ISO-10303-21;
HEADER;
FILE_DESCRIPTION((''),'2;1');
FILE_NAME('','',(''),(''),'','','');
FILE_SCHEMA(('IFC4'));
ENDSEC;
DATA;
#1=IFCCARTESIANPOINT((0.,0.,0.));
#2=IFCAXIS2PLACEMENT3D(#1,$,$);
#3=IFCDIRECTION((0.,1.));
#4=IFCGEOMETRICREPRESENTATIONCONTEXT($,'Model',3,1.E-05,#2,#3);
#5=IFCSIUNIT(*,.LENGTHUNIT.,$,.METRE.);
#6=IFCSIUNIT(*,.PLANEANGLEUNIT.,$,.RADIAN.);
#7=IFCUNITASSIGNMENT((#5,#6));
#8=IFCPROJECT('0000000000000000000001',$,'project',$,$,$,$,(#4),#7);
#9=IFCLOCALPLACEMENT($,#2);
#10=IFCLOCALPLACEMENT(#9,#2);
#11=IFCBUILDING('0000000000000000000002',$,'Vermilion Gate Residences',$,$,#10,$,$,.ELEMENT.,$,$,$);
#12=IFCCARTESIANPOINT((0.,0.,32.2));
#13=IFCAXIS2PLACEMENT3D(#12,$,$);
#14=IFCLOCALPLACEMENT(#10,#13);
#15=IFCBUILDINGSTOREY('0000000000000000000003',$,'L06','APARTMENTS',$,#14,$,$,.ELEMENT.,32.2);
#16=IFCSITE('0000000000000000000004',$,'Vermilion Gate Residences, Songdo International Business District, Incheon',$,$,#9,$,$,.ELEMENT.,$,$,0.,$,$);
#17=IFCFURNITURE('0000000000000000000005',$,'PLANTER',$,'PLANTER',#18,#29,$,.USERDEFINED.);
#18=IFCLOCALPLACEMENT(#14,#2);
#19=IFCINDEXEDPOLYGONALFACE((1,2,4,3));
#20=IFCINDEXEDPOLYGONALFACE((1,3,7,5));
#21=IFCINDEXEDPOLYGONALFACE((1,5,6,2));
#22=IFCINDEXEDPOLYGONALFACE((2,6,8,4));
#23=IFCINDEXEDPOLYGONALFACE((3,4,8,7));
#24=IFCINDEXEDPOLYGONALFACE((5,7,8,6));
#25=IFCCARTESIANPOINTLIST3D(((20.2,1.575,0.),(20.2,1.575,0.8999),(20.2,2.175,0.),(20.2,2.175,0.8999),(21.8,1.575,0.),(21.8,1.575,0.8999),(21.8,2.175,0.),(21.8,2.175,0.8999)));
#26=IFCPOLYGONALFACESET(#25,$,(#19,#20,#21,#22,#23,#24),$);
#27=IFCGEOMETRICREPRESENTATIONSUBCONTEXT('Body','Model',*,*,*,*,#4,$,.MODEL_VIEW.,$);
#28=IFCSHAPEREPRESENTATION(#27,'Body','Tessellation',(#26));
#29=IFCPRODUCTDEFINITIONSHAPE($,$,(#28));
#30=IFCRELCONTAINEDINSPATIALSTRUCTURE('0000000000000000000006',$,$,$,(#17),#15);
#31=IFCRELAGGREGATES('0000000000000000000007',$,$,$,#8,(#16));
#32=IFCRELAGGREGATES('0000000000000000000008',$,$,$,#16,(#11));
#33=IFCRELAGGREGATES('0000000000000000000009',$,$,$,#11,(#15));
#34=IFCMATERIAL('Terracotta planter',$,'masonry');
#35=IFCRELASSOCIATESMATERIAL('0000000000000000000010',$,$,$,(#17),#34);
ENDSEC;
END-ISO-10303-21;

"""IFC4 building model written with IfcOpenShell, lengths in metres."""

from ifc_helpers import new_model, si_unit, direction, frame, origin, origin_2d, place, context, subcontext, project, spatial, rectangle, extrude, material, element, save


model = new_model("IFC4")

# Units and contexts
model_context = context("Model", 3, precision=1e-05, world=origin(), true_north=direction((0.0, 1.0)))
body_context = subcontext(model_context, "Body", "Model", "MODEL_VIEW")
ifc_project = project(units=[si_unit("LENGTHUNIT", "METRE"), si_unit("PLANEANGLEUNIT", "RADIAN")], contexts=[model_context])

# Site, building, storey
site_placement = place(None, origin())
site = spatial("IfcSite", under=ifc_project, at=site_placement, Name="Vermilion Gate Residences, Songdo International Business District, Incheon", CompositionType="ELEMENT", RefElevation=0.0)
building_placement = place(site_placement, origin())
building = spatial("IfcBuilding", under=site, at=building_placement, Name="Vermilion Gate Residences", CompositionType="ELEMENT")
storey_placement = place(building_placement, frame((0.0, 0.0, 32.2)))
storey = spatial("IfcBuildingStorey", under=building, at=storey_placement, Name="L06", Description="APARTMENTS", CompositionType="ELEMENT", Elevation=32.2)

# Furniture
ifc_material_1 = material(Name="Terracotta planter", Category="masonry")
furniture_placement = place(storey_placement, frame((21.0, 1.875, 0.0), z_axis=(0.0, 0.0, 1.0), x_axis=(1.0, 0.0, 0.0)))
element("IfcFurniture", 1, at=furniture_placement, inside=storey, material=ifc_material_1, Name="PLANTER", ObjectType="PLANTER", PredefinedType="USERDEFINED", context=body_context, shape_type="SweptSolid", body=[
    extrude(rectangle(XDim=1.6001, YDim=0.6001, at=origin_2d()), origin(), (0.0, 0.0, 1.0), 0.8999),
])

save(model, "model.ifc")
